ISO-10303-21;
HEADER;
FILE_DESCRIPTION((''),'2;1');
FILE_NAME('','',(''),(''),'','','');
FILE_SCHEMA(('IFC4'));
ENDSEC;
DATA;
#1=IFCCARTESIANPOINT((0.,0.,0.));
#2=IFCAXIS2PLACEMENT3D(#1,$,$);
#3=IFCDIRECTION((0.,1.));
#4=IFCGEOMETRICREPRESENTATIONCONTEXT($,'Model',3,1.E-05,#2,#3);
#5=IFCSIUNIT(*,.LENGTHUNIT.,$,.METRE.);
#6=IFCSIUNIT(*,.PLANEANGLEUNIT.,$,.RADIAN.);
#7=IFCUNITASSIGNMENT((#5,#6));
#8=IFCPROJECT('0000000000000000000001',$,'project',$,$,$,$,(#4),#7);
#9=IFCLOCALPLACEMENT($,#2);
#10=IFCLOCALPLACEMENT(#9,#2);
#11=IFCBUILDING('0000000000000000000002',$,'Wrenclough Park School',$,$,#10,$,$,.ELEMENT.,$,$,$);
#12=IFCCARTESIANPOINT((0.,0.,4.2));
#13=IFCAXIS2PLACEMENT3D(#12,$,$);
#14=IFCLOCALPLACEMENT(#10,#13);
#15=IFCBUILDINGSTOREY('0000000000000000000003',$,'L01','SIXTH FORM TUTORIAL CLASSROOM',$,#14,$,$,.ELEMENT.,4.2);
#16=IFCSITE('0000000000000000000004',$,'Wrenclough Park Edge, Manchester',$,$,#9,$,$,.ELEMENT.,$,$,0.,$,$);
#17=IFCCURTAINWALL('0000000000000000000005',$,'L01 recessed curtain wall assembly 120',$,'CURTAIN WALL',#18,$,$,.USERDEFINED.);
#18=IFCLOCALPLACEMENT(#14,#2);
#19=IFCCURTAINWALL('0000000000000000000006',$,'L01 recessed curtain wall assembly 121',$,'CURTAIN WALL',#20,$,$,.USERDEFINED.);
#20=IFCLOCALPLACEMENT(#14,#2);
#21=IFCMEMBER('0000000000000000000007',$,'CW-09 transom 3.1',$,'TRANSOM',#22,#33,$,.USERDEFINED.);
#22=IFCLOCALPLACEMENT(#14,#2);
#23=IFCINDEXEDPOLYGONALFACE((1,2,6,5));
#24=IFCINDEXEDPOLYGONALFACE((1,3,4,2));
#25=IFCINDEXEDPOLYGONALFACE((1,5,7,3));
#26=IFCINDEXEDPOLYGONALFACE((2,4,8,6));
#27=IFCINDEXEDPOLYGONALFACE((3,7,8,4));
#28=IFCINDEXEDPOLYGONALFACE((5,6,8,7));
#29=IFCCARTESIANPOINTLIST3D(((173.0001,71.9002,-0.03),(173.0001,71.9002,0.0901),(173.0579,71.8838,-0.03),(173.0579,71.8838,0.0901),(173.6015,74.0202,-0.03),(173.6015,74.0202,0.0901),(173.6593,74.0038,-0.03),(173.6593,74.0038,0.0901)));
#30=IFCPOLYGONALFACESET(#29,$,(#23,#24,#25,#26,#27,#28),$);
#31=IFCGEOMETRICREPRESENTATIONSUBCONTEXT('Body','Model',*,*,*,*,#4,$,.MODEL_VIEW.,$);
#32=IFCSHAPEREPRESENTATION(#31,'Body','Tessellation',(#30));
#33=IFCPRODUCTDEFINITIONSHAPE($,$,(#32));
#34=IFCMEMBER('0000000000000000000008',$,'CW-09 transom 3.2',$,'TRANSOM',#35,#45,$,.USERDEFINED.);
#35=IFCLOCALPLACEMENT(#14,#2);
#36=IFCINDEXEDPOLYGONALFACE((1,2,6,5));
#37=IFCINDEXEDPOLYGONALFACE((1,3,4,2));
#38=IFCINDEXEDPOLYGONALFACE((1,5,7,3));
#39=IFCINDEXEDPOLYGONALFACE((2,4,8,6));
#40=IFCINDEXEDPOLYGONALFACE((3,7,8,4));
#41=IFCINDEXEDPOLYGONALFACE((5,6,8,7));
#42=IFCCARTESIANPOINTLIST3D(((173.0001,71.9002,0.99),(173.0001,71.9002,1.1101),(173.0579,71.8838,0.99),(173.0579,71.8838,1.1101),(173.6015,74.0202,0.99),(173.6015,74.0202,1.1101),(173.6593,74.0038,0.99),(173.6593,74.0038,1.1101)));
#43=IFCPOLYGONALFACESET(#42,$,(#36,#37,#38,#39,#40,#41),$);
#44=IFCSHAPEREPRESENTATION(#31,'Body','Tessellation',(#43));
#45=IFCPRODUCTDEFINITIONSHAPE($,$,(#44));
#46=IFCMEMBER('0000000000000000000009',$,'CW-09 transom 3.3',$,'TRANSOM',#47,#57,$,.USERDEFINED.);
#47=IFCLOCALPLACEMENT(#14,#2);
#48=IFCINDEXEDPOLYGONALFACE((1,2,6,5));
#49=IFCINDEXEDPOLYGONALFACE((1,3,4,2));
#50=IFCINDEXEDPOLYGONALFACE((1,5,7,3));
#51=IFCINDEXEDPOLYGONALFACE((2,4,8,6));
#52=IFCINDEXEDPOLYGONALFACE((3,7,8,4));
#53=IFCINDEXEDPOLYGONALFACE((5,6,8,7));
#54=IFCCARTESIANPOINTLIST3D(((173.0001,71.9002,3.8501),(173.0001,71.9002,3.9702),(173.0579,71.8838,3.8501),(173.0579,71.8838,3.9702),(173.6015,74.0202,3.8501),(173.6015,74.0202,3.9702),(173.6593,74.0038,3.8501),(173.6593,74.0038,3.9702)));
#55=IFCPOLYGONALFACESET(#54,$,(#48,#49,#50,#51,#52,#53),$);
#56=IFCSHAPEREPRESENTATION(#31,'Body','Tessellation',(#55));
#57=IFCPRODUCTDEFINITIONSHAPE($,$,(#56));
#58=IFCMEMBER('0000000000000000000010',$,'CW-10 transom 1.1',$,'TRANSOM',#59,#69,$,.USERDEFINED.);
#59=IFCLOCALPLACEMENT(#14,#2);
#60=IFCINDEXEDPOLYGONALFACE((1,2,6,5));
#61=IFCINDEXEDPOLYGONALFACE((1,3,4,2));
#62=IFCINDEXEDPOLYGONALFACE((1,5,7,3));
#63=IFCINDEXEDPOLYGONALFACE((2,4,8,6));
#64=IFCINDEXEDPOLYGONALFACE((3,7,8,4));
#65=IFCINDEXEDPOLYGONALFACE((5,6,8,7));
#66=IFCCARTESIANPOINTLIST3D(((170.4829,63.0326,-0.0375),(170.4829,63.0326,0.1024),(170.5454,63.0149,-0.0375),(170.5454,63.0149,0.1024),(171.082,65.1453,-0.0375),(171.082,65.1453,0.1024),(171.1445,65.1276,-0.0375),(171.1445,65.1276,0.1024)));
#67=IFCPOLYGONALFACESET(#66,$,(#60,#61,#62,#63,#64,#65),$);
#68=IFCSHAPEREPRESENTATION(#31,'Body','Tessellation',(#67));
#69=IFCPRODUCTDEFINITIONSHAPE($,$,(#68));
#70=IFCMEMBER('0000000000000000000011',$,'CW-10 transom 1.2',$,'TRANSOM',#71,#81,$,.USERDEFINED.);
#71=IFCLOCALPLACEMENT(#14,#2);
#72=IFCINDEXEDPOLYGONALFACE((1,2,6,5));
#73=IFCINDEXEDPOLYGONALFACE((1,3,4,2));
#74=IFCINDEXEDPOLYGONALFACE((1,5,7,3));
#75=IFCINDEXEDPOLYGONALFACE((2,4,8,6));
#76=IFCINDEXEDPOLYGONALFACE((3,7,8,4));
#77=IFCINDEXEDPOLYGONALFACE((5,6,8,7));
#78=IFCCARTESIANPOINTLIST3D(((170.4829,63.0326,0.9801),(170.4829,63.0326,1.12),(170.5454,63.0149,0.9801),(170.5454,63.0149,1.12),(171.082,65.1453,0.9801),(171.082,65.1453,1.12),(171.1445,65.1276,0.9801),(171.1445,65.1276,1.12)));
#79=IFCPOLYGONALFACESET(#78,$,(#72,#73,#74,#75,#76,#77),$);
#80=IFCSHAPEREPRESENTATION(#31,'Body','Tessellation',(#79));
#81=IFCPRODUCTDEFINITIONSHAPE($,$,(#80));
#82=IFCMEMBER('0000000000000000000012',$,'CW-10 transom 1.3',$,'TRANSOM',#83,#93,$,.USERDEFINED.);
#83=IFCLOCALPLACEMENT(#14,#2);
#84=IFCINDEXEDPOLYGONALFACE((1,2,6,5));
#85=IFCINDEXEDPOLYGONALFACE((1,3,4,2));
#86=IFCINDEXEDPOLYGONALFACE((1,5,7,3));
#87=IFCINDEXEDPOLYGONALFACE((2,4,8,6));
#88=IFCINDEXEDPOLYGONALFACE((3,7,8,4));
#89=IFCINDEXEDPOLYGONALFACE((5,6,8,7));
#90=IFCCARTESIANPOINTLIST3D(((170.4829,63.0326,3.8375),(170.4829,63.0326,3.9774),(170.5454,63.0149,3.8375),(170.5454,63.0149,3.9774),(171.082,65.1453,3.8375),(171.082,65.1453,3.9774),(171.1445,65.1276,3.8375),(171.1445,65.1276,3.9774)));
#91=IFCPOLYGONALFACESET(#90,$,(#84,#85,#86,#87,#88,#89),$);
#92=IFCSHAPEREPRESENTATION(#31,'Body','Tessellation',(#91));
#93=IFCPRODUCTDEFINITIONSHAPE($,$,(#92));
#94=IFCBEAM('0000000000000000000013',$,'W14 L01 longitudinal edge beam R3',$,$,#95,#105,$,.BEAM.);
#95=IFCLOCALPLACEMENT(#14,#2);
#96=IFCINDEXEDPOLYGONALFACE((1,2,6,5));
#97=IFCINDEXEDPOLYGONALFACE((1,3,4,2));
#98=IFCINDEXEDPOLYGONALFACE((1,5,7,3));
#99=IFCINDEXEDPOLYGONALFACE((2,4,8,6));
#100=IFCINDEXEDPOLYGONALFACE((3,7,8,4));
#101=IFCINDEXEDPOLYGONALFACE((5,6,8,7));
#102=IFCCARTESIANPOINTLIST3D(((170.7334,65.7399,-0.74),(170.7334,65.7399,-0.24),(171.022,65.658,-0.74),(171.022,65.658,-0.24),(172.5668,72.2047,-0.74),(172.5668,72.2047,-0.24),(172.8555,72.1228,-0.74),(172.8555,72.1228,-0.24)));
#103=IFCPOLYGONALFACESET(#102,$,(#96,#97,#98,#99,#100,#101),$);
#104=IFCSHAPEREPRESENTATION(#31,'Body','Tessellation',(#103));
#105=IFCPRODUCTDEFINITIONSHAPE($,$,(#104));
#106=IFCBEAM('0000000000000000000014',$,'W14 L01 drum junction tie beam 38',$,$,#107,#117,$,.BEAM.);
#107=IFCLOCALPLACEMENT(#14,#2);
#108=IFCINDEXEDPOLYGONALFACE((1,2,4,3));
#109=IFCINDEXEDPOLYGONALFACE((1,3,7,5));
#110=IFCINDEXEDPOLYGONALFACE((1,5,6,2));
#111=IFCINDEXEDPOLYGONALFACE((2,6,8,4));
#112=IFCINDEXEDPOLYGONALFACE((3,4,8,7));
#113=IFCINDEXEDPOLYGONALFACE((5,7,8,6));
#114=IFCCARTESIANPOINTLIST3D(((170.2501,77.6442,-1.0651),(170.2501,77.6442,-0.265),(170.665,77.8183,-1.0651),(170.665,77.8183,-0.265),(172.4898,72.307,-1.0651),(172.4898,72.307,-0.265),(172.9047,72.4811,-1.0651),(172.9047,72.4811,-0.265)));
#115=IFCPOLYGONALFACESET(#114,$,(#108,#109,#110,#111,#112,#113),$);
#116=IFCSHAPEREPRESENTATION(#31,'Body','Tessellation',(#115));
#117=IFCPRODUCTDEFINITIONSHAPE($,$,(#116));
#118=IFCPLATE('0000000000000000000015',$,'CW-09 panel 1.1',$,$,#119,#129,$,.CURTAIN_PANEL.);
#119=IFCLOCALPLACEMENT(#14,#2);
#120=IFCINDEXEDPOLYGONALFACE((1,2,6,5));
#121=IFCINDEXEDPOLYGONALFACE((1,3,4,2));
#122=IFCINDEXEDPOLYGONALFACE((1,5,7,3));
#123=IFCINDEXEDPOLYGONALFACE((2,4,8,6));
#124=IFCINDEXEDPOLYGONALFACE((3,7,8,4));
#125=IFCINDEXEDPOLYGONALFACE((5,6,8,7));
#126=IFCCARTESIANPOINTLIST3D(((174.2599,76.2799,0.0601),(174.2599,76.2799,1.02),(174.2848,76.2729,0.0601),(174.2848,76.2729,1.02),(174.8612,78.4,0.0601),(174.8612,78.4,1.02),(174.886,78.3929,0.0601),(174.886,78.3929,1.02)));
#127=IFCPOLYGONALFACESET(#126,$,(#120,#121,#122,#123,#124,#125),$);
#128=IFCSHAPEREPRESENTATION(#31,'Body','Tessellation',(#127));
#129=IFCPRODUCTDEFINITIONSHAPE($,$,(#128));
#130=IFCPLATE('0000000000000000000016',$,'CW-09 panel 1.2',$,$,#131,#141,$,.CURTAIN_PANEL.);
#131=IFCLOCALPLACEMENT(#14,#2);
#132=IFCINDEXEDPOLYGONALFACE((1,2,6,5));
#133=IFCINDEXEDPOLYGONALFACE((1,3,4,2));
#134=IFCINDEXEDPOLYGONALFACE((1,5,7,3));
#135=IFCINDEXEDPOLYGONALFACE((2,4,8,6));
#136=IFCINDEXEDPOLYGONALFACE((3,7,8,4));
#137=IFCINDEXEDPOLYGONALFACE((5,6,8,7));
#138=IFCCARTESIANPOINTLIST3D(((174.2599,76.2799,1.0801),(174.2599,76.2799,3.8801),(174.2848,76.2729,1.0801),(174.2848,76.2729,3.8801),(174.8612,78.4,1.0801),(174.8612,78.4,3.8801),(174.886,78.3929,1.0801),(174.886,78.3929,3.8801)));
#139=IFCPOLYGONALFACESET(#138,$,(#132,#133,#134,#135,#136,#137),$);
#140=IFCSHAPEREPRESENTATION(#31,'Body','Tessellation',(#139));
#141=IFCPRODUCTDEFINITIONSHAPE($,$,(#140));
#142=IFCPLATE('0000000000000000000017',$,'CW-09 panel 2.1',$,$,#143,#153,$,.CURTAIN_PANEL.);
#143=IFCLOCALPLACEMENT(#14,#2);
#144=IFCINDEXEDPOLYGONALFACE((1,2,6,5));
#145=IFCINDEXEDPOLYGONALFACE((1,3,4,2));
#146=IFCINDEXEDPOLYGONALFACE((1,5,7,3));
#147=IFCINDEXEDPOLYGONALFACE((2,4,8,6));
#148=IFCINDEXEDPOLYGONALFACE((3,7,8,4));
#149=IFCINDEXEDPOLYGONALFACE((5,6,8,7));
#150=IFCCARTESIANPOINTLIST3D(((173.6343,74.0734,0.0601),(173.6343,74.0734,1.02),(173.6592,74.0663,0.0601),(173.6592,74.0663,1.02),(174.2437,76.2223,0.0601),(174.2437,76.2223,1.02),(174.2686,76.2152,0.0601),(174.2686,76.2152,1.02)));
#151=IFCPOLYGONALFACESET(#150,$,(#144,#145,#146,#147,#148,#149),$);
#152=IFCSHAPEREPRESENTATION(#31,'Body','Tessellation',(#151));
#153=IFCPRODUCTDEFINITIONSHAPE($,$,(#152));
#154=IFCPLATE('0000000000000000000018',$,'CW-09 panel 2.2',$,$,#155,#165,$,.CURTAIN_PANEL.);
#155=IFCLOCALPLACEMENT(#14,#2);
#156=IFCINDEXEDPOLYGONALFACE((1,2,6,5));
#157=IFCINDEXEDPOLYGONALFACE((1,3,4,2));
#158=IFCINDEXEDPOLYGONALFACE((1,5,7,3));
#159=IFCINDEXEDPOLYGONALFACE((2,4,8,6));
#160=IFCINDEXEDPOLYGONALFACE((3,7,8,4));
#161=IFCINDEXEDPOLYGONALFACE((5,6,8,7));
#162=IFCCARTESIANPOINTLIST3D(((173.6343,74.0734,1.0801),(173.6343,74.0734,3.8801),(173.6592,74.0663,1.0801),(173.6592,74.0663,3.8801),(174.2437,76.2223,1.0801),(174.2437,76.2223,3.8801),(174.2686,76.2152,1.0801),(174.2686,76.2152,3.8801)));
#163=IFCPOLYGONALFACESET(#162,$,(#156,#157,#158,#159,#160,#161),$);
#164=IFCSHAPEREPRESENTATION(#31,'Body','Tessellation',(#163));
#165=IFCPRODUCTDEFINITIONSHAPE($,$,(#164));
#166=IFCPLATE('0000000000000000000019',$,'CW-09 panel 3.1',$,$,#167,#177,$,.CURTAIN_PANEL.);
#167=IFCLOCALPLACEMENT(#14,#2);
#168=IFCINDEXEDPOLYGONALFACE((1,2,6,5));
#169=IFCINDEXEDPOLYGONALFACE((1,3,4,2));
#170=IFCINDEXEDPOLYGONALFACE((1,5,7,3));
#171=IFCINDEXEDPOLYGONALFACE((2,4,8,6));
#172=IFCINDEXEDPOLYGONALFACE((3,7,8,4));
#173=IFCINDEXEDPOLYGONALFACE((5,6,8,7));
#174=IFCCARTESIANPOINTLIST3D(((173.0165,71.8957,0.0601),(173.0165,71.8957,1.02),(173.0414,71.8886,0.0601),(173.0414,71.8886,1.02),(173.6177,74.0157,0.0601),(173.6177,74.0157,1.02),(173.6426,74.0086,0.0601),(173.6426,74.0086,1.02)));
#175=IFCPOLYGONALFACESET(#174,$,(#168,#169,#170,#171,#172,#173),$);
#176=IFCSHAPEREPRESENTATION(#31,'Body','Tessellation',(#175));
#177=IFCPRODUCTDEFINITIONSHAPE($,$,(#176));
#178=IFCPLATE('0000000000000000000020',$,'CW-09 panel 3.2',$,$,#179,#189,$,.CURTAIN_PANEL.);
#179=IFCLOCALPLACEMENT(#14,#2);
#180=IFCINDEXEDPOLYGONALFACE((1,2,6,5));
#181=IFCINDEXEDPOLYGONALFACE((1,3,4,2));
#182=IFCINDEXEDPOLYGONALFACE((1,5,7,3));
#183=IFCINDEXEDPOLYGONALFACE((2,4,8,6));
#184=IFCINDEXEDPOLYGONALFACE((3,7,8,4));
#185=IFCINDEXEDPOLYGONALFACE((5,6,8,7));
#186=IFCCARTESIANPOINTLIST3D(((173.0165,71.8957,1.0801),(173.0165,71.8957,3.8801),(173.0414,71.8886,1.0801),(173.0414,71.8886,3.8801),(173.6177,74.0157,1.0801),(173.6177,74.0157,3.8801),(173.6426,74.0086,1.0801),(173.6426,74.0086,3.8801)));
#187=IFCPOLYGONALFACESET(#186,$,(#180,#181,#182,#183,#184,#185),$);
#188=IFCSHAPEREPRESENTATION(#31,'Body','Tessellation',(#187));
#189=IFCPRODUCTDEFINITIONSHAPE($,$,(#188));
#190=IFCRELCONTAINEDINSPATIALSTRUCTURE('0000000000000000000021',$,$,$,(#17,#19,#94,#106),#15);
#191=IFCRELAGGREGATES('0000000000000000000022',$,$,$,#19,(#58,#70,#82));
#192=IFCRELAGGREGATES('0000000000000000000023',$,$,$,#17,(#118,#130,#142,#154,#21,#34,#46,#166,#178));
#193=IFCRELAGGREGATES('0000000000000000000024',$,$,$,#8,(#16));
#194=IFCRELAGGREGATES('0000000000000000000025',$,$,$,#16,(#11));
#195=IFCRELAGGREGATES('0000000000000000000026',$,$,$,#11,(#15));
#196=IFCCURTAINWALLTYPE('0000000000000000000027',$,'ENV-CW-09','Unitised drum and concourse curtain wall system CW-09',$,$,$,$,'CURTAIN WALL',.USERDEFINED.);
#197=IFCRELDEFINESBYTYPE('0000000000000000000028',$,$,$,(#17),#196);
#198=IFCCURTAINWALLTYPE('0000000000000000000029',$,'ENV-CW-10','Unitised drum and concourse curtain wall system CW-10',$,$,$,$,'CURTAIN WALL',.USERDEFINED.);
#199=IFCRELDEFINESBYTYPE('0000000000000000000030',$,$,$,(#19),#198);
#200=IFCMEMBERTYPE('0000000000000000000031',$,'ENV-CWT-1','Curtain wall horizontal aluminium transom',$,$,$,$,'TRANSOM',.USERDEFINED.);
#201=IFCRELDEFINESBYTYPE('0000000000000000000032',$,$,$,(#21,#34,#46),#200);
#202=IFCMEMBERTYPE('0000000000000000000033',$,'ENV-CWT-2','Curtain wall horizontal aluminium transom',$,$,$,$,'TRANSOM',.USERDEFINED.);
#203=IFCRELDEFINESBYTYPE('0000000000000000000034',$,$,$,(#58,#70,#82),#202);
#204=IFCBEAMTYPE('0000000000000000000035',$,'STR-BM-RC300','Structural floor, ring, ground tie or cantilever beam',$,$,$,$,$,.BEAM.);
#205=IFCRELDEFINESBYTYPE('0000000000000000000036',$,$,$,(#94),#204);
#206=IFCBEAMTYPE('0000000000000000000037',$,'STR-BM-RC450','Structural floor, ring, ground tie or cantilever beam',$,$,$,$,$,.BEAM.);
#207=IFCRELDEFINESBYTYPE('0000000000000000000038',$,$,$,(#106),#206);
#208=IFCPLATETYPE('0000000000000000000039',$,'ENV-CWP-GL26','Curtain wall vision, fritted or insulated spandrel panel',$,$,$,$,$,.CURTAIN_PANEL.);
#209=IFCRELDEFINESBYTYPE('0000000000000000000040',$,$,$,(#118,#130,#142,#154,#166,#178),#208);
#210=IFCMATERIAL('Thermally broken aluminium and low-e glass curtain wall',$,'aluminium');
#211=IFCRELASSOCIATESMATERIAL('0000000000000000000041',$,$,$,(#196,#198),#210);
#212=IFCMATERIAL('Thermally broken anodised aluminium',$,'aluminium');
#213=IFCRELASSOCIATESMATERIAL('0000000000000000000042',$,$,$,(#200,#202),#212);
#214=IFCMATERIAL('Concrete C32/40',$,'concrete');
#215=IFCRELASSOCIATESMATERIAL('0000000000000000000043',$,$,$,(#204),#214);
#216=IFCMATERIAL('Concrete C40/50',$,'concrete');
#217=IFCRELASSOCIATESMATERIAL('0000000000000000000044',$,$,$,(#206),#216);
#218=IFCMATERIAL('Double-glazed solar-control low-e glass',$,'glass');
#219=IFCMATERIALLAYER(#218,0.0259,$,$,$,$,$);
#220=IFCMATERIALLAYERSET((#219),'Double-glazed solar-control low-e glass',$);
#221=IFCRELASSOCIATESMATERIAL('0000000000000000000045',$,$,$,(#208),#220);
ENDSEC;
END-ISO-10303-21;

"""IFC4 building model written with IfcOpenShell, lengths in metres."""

from ifc_helpers import new_model, si_unit, direction, frame, origin, origin_2d, place, context, subcontext, project, spatial, rectangle, extrude, material, layer, layer_set, material_profile, profile_set, type_object, element, aggregate, save


model = new_model("IFC4")

# Units and contexts
model_context = context("Model", 3, precision=1e-05, world=origin(), true_north=direction((0.0, 1.0)))
body_context = subcontext(model_context, "Body", "Model", "MODEL_VIEW")
ifc_project = project(units=[si_unit("LENGTHUNIT", "METRE"), si_unit("PLANEANGLEUNIT", "RADIAN")], contexts=[model_context])

# Site, building, storey
site_placement = place(None, origin())
site = spatial("IfcSite", under=ifc_project, at=site_placement, Name="Wrenclough Park Edge, Manchester", CompositionType="ELEMENT", RefElevation=0.0)
building_placement = place(site_placement, origin())
building = spatial("IfcBuilding", under=site, at=building_placement, Name="Wrenclough Park School", CompositionType="ELEMENT")
storey_placement = place(building_placement, frame((0.0, 0.0, 4.2)))
storey = spatial("IfcBuildingStorey", under=building, at=storey_placement, Name="L01", Description="SIXTH FORM TUTORIAL CLASSROOM", CompositionType="ELEMENT", Elevation=4.2)

# Curtain wall
ifc_material_1 = material(Name="Thermally broken aluminium and low-e glass curtain wall", Category="aluminium")
curtain_wall_type_1 = type_object("IfcCurtainWallType", Name="ENV-CW-09", Description="Unitised drum and concourse curtain wall system CW-09", ElementType="CURTAIN WALL", PredefinedType="USERDEFINED", material=ifc_material_1)
curtain_wall_1_placement = place(storey_placement, origin())
curtain_wall_1 = element("IfcCurtainWall", 1, at=curtain_wall_1_placement, inside=storey, type_object=curtain_wall_type_1, Name="L01 recessed curtain wall assembly 120", ObjectType="CURTAIN WALL", PredefinedType="USERDEFINED")
ifc_material_2 = material(Name="Thermally broken anodised aluminium", Category="aluminium")

# Curtain wall
curtain_wall_type_2 = type_object("IfcCurtainWallType", Name="ENV-CW-10", Description="Unitised drum and concourse curtain wall system CW-10", ElementType="CURTAIN WALL", PredefinedType="USERDEFINED", material=ifc_material_1)
curtain_wall_2_placement = place(storey_placement, origin())
curtain_wall_2 = element("IfcCurtainWall", 2, at=curtain_wall_2_placement, inside=storey, type_object=curtain_wall_type_2, Name="L01 recessed curtain wall assembly 121", ObjectType="CURTAIN WALL", PredefinedType="USERDEFINED")

# Members
ifc_material_profile_1 = material_profile(ifc_material_2, rectangle(XDim=0.0601, YDim=0.1201, at=origin_2d()), Name="AL TRANSOM 60x120")
ifc_profile_set_1 = profile_set([ifc_material_profile_1], Name="Thermally broken anodised aluminium")
member_type_1 = type_object("IfcMemberType", Name="ENV-CWT-1", Description="Curtain wall horizontal aluminium transom", ElementType="TRANSOM", PredefinedType="USERDEFINED", material=ifc_profile_set_1)
member_1_placement = place(storey_placement, frame((173.6304, 74.012, 0.03), z_axis=(-0.272891, -0.962045, 0.0), x_axis=(0.962045, -0.272891, 0.0)))
member_1 = element("IfcMember", 3, at=member_1_placement, type_object=member_type_1, Name="CW-09 transom 3.1", ObjectType="TRANSOM", PredefinedType="USERDEFINED", context=body_context, shape_type="SweptSolid", body=[
    extrude(rectangle(XDim=0.0601, YDim=0.1201, at=origin_2d()), origin(), (0.0, 0.0, 1.0), 2.2036),
])
member_2_placement = place(storey_placement, frame((173.6304, 74.012, 1.05), z_axis=(-0.272891, -0.962045, 0.0), x_axis=(0.962045, -0.272891, 0.0)))
member_2 = element("IfcMember", 4, at=member_2_placement, type_object=member_type_1, Name="CW-09 transom 3.2", ObjectType="TRANSOM", PredefinedType="USERDEFINED", context=body_context, shape_type="SweptSolid", body=[
    extrude(rectangle(XDim=0.0601, YDim=0.1201, at=origin_2d()), origin(), (0.0, 0.0, 1.0), 2.2036),
])
member_3_placement = place(storey_placement, frame((173.6304, 74.012, 3.9102), z_axis=(-0.272891, -0.962045, 0.0), x_axis=(0.962045, -0.272891, 0.0)))
member_3 = element("IfcMember", 5, at=member_3_placement, type_object=member_type_1, Name="CW-09 transom 3.3", ObjectType="TRANSOM", PredefinedType="USERDEFINED", context=body_context, shape_type="SweptSolid", body=[
    extrude(rectangle(XDim=0.0601, YDim=0.1201, at=origin_2d()), origin(), (0.0, 0.0, 1.0), 2.2036),
])
ifc_material_profile_2 = material_profile(ifc_material_2, rectangle(XDim=0.0649, YDim=0.1399, at=origin_2d()), Name="AL TRANSOM 65x140")
ifc_profile_set_2 = profile_set([ifc_material_profile_2], Name="Thermally broken anodised aluminium")
member_type_2 = type_object("IfcMemberType", Name="ENV-CWT-2", Description="Curtain wall horizontal aluminium transom", ElementType="TRANSOM", PredefinedType="USERDEFINED", material=ifc_profile_set_2)
member_4_placement = place(storey_placement, frame((171.1133, 65.1365, 0.0325), z_axis=(-0.272812, -0.962067, 0.0), x_axis=(0.962067, -0.272812, 0.0)))
member_4 = element("IfcMember", 6, at=member_4_placement, type_object=member_type_2, Name="CW-10 transom 1.1", ObjectType="TRANSOM", PredefinedType="USERDEFINED", context=body_context, shape_type="SweptSolid", body=[
    extrude(rectangle(XDim=0.0649, YDim=0.1399, at=origin_2d()), origin(), (0.0, 0.0, 1.0), 2.196),
])
member_5_placement = place(storey_placement, frame((171.1133, 65.1365, 1.05), z_axis=(-0.272812, -0.962067, 0.0), x_axis=(0.962067, -0.272812, 0.0)))
member_5 = element("IfcMember", 7, at=member_5_placement, type_object=member_type_2, Name="CW-10 transom 1.2", ObjectType="TRANSOM", PredefinedType="USERDEFINED", context=body_context, shape_type="SweptSolid", body=[
    extrude(rectangle(XDim=0.0649, YDim=0.1399, at=origin_2d()), origin(), (0.0, 0.0, 1.0), 2.196),
])
member_6_placement = place(storey_placement, frame((171.1133, 65.1365, 3.9075), z_axis=(-0.272812, -0.962067, 0.0), x_axis=(0.962067, -0.272812, 0.0)))
member_6 = element("IfcMember", 8, at=member_6_placement, type_object=member_type_2, Name="CW-10 transom 1.3", ObjectType="TRANSOM", PredefinedType="USERDEFINED", context=body_context, shape_type="SweptSolid", body=[
    extrude(rectangle(XDim=0.0649, YDim=0.1399, at=origin_2d()), origin(), (0.0, 0.0, 1.0), 2.196),
])
aggregate(curtain_wall_2, [member_4, member_5, member_6])

# Beams
ifc_material_3 = material(Name="Concrete C32/40", Category="concrete")
ifc_material_profile_3 = material_profile(ifc_material_3, rectangle(XDim=0.3, YDim=0.5, at=origin_2d()), Name="RC BEAM 300x500")
ifc_profile_set_3 = profile_set([ifc_material_profile_3], Name="Concrete C32/40")
beam_type_1 = type_object("IfcBeamType", Name="STR-BM-RC300", Description="Structural floor, ring, ground tie or cantilever beam", PredefinedType="BEAM", material=ifc_profile_set_3)
beam_1_placement = place(storey_placement, frame((170.8777, 65.699, -0.49), z_axis=(0.272849, 0.962057, 0.0), x_axis=(-0.962057, 0.272849, 0.0)))
element("IfcBeam", 9, at=beam_1_placement, inside=storey, type_object=beam_type_1, Name="W14 L01 longitudinal edge beam R3", PredefinedType="BEAM", context=body_context, shape_type="SweptSolid", body=[
    extrude(rectangle(XDim=0.3, YDim=0.5, at=origin_2d()), origin(), (0.0, 0.0, 1.0), 6.7197),
])
ifc_material_4 = material(Name="Concrete C40/50", Category="concrete")
ifc_material_profile_4 = material_profile(ifc_material_4, rectangle(XDim=0.45, YDim=0.8, at=origin_2d()), Name="RC BEAM 450x800")
ifc_profile_set_4 = profile_set([ifc_material_profile_4], Name="Concrete C40/50")
beam_type_2 = type_object("IfcBeamType", Name="STR-BM-RC450", Description="Structural floor, ring, ground tie or cantilever beam", PredefinedType="BEAM", material=ifc_profile_set_4)
beam_2_placement = place(storey_placement, frame((172.6973, 72.394, -0.665), z_axis=(-0.386959, 0.922097, 0.0), x_axis=(-0.922097, -0.386959, 0.0)))
element("IfcBeam", 10, at=beam_2_placement, inside=storey, type_object=beam_type_2, Name="W14 L01 drum junction tie beam 38", PredefinedType="BEAM", context=body_context, shape_type="SweptSolid", body=[
    extrude(rectangle(XDim=0.45, YDim=0.8, at=origin_2d()), origin(), (0.0, 0.0, 1.0), 5.7881),
])

# Plates
ifc_material_5 = material(Name="Double-glazed solar-control low-e glass", Category="glass")
ifc_layer_1 = layer(ifc_material_5, 0.0259)
ifc_layer_set_1 = layer_set([ifc_layer_1], Name="Double-glazed solar-control low-e glass")
plate_type = type_object("IfcPlateType", Name="ENV-CWP-GL26", Description="Curtain wall vision, fritted or insulated spandrel panel", PredefinedType="CURTAIN_PANEL", material=ifc_layer_set_1)
plate_1_placement = place(storey_placement, frame((174.573, 77.3364, 0.0601), z_axis=(0.0, 0.0, 1.0), x_axis=(-0.272826, -0.962063, 0.0)))
plate_1 = element("IfcPlate", 11, at=plate_1_placement, type_object=plate_type, Name="CW-09 panel 1.1", PredefinedType="CURTAIN_PANEL", context=body_context, shape_type="SweptSolid", body=[
    extrude(rectangle(XDim=2.2036, YDim=0.0259, at=origin_2d()), origin(), (0.0, 0.0, 1.0), 0.96),
])
plate_2_placement = place(storey_placement, frame((174.573, 77.3364, 1.0801), z_axis=(0.0, 0.0, 1.0), x_axis=(-0.272826, -0.962063, 0.0)))
plate_2 = element("IfcPlate", 12, at=plate_2_placement, type_object=plate_type, Name="CW-09 panel 1.2", PredefinedType="CURTAIN_PANEL", context=body_context, shape_type="SweptSolid", body=[
    extrude(rectangle(XDim=2.2036, YDim=0.0259, at=origin_2d()), origin(), (0.0, 0.0, 1.0), 2.8),
])
plate_3_placement = place(storey_placement, frame((173.9514, 75.1443, 0.0601), z_axis=(0.0, 0.0, 1.0), x_axis=(-0.272826, -0.962063, 0.0)))
plate_3 = element("IfcPlate", 13, at=plate_3_placement, type_object=plate_type, Name="CW-09 panel 2.1", PredefinedType="CURTAIN_PANEL", context=body_context, shape_type="SweptSolid", body=[
    extrude(rectangle(XDim=2.2336, YDim=0.0259, at=origin_2d()), origin(), (0.0, 0.0, 1.0), 0.96),
])
plate_4_placement = place(storey_placement, frame((173.9514, 75.1443, 1.0801), z_axis=(0.0, 0.0, 1.0), x_axis=(-0.272826, -0.962063, 0.0)))
plate_4 = element("IfcPlate", 14, at=plate_4_placement, type_object=plate_type, Name="CW-09 panel 2.2", PredefinedType="CURTAIN_PANEL", context=body_context, shape_type="SweptSolid", body=[
    extrude(rectangle(XDim=2.2336, YDim=0.0259, at=origin_2d()), origin(), (0.0, 0.0, 1.0), 2.8),
])
plate_5_placement = place(storey_placement, frame((173.3296, 72.9521, 0.0601), z_axis=(0.0, 0.0, 1.0), x_axis=(-0.272826, -0.962063, 0.0)))
plate_5 = element("IfcPlate", 15, at=plate_5_placement, type_object=plate_type, Name="CW-09 panel 3.1", PredefinedType="CURTAIN_PANEL", context=body_context, shape_type="SweptSolid", body=[
    extrude(rectangle(XDim=2.2036, YDim=0.0259, at=origin_2d()), origin(), (0.0, 0.0, 1.0), 0.96),
])
plate_6_placement = place(storey_placement, frame((173.3296, 72.9521, 1.0801), z_axis=(0.0, 0.0, 1.0), x_axis=(-0.272826, -0.962063, 0.0)))
plate_6 = element("IfcPlate", 16, at=plate_6_placement, type_object=plate_type, Name="CW-09 panel 3.2", PredefinedType="CURTAIN_PANEL", context=body_context, shape_type="SweptSolid", body=[
    extrude(rectangle(XDim=2.2036, YDim=0.0259, at=origin_2d()), origin(), (0.0, 0.0, 1.0), 2.8),
])
aggregate(curtain_wall_1, [plate_1, plate_2, plate_3, plate_4, member_1, member_2, member_3, plate_5, plate_6])

save(model, "model.ifc")
